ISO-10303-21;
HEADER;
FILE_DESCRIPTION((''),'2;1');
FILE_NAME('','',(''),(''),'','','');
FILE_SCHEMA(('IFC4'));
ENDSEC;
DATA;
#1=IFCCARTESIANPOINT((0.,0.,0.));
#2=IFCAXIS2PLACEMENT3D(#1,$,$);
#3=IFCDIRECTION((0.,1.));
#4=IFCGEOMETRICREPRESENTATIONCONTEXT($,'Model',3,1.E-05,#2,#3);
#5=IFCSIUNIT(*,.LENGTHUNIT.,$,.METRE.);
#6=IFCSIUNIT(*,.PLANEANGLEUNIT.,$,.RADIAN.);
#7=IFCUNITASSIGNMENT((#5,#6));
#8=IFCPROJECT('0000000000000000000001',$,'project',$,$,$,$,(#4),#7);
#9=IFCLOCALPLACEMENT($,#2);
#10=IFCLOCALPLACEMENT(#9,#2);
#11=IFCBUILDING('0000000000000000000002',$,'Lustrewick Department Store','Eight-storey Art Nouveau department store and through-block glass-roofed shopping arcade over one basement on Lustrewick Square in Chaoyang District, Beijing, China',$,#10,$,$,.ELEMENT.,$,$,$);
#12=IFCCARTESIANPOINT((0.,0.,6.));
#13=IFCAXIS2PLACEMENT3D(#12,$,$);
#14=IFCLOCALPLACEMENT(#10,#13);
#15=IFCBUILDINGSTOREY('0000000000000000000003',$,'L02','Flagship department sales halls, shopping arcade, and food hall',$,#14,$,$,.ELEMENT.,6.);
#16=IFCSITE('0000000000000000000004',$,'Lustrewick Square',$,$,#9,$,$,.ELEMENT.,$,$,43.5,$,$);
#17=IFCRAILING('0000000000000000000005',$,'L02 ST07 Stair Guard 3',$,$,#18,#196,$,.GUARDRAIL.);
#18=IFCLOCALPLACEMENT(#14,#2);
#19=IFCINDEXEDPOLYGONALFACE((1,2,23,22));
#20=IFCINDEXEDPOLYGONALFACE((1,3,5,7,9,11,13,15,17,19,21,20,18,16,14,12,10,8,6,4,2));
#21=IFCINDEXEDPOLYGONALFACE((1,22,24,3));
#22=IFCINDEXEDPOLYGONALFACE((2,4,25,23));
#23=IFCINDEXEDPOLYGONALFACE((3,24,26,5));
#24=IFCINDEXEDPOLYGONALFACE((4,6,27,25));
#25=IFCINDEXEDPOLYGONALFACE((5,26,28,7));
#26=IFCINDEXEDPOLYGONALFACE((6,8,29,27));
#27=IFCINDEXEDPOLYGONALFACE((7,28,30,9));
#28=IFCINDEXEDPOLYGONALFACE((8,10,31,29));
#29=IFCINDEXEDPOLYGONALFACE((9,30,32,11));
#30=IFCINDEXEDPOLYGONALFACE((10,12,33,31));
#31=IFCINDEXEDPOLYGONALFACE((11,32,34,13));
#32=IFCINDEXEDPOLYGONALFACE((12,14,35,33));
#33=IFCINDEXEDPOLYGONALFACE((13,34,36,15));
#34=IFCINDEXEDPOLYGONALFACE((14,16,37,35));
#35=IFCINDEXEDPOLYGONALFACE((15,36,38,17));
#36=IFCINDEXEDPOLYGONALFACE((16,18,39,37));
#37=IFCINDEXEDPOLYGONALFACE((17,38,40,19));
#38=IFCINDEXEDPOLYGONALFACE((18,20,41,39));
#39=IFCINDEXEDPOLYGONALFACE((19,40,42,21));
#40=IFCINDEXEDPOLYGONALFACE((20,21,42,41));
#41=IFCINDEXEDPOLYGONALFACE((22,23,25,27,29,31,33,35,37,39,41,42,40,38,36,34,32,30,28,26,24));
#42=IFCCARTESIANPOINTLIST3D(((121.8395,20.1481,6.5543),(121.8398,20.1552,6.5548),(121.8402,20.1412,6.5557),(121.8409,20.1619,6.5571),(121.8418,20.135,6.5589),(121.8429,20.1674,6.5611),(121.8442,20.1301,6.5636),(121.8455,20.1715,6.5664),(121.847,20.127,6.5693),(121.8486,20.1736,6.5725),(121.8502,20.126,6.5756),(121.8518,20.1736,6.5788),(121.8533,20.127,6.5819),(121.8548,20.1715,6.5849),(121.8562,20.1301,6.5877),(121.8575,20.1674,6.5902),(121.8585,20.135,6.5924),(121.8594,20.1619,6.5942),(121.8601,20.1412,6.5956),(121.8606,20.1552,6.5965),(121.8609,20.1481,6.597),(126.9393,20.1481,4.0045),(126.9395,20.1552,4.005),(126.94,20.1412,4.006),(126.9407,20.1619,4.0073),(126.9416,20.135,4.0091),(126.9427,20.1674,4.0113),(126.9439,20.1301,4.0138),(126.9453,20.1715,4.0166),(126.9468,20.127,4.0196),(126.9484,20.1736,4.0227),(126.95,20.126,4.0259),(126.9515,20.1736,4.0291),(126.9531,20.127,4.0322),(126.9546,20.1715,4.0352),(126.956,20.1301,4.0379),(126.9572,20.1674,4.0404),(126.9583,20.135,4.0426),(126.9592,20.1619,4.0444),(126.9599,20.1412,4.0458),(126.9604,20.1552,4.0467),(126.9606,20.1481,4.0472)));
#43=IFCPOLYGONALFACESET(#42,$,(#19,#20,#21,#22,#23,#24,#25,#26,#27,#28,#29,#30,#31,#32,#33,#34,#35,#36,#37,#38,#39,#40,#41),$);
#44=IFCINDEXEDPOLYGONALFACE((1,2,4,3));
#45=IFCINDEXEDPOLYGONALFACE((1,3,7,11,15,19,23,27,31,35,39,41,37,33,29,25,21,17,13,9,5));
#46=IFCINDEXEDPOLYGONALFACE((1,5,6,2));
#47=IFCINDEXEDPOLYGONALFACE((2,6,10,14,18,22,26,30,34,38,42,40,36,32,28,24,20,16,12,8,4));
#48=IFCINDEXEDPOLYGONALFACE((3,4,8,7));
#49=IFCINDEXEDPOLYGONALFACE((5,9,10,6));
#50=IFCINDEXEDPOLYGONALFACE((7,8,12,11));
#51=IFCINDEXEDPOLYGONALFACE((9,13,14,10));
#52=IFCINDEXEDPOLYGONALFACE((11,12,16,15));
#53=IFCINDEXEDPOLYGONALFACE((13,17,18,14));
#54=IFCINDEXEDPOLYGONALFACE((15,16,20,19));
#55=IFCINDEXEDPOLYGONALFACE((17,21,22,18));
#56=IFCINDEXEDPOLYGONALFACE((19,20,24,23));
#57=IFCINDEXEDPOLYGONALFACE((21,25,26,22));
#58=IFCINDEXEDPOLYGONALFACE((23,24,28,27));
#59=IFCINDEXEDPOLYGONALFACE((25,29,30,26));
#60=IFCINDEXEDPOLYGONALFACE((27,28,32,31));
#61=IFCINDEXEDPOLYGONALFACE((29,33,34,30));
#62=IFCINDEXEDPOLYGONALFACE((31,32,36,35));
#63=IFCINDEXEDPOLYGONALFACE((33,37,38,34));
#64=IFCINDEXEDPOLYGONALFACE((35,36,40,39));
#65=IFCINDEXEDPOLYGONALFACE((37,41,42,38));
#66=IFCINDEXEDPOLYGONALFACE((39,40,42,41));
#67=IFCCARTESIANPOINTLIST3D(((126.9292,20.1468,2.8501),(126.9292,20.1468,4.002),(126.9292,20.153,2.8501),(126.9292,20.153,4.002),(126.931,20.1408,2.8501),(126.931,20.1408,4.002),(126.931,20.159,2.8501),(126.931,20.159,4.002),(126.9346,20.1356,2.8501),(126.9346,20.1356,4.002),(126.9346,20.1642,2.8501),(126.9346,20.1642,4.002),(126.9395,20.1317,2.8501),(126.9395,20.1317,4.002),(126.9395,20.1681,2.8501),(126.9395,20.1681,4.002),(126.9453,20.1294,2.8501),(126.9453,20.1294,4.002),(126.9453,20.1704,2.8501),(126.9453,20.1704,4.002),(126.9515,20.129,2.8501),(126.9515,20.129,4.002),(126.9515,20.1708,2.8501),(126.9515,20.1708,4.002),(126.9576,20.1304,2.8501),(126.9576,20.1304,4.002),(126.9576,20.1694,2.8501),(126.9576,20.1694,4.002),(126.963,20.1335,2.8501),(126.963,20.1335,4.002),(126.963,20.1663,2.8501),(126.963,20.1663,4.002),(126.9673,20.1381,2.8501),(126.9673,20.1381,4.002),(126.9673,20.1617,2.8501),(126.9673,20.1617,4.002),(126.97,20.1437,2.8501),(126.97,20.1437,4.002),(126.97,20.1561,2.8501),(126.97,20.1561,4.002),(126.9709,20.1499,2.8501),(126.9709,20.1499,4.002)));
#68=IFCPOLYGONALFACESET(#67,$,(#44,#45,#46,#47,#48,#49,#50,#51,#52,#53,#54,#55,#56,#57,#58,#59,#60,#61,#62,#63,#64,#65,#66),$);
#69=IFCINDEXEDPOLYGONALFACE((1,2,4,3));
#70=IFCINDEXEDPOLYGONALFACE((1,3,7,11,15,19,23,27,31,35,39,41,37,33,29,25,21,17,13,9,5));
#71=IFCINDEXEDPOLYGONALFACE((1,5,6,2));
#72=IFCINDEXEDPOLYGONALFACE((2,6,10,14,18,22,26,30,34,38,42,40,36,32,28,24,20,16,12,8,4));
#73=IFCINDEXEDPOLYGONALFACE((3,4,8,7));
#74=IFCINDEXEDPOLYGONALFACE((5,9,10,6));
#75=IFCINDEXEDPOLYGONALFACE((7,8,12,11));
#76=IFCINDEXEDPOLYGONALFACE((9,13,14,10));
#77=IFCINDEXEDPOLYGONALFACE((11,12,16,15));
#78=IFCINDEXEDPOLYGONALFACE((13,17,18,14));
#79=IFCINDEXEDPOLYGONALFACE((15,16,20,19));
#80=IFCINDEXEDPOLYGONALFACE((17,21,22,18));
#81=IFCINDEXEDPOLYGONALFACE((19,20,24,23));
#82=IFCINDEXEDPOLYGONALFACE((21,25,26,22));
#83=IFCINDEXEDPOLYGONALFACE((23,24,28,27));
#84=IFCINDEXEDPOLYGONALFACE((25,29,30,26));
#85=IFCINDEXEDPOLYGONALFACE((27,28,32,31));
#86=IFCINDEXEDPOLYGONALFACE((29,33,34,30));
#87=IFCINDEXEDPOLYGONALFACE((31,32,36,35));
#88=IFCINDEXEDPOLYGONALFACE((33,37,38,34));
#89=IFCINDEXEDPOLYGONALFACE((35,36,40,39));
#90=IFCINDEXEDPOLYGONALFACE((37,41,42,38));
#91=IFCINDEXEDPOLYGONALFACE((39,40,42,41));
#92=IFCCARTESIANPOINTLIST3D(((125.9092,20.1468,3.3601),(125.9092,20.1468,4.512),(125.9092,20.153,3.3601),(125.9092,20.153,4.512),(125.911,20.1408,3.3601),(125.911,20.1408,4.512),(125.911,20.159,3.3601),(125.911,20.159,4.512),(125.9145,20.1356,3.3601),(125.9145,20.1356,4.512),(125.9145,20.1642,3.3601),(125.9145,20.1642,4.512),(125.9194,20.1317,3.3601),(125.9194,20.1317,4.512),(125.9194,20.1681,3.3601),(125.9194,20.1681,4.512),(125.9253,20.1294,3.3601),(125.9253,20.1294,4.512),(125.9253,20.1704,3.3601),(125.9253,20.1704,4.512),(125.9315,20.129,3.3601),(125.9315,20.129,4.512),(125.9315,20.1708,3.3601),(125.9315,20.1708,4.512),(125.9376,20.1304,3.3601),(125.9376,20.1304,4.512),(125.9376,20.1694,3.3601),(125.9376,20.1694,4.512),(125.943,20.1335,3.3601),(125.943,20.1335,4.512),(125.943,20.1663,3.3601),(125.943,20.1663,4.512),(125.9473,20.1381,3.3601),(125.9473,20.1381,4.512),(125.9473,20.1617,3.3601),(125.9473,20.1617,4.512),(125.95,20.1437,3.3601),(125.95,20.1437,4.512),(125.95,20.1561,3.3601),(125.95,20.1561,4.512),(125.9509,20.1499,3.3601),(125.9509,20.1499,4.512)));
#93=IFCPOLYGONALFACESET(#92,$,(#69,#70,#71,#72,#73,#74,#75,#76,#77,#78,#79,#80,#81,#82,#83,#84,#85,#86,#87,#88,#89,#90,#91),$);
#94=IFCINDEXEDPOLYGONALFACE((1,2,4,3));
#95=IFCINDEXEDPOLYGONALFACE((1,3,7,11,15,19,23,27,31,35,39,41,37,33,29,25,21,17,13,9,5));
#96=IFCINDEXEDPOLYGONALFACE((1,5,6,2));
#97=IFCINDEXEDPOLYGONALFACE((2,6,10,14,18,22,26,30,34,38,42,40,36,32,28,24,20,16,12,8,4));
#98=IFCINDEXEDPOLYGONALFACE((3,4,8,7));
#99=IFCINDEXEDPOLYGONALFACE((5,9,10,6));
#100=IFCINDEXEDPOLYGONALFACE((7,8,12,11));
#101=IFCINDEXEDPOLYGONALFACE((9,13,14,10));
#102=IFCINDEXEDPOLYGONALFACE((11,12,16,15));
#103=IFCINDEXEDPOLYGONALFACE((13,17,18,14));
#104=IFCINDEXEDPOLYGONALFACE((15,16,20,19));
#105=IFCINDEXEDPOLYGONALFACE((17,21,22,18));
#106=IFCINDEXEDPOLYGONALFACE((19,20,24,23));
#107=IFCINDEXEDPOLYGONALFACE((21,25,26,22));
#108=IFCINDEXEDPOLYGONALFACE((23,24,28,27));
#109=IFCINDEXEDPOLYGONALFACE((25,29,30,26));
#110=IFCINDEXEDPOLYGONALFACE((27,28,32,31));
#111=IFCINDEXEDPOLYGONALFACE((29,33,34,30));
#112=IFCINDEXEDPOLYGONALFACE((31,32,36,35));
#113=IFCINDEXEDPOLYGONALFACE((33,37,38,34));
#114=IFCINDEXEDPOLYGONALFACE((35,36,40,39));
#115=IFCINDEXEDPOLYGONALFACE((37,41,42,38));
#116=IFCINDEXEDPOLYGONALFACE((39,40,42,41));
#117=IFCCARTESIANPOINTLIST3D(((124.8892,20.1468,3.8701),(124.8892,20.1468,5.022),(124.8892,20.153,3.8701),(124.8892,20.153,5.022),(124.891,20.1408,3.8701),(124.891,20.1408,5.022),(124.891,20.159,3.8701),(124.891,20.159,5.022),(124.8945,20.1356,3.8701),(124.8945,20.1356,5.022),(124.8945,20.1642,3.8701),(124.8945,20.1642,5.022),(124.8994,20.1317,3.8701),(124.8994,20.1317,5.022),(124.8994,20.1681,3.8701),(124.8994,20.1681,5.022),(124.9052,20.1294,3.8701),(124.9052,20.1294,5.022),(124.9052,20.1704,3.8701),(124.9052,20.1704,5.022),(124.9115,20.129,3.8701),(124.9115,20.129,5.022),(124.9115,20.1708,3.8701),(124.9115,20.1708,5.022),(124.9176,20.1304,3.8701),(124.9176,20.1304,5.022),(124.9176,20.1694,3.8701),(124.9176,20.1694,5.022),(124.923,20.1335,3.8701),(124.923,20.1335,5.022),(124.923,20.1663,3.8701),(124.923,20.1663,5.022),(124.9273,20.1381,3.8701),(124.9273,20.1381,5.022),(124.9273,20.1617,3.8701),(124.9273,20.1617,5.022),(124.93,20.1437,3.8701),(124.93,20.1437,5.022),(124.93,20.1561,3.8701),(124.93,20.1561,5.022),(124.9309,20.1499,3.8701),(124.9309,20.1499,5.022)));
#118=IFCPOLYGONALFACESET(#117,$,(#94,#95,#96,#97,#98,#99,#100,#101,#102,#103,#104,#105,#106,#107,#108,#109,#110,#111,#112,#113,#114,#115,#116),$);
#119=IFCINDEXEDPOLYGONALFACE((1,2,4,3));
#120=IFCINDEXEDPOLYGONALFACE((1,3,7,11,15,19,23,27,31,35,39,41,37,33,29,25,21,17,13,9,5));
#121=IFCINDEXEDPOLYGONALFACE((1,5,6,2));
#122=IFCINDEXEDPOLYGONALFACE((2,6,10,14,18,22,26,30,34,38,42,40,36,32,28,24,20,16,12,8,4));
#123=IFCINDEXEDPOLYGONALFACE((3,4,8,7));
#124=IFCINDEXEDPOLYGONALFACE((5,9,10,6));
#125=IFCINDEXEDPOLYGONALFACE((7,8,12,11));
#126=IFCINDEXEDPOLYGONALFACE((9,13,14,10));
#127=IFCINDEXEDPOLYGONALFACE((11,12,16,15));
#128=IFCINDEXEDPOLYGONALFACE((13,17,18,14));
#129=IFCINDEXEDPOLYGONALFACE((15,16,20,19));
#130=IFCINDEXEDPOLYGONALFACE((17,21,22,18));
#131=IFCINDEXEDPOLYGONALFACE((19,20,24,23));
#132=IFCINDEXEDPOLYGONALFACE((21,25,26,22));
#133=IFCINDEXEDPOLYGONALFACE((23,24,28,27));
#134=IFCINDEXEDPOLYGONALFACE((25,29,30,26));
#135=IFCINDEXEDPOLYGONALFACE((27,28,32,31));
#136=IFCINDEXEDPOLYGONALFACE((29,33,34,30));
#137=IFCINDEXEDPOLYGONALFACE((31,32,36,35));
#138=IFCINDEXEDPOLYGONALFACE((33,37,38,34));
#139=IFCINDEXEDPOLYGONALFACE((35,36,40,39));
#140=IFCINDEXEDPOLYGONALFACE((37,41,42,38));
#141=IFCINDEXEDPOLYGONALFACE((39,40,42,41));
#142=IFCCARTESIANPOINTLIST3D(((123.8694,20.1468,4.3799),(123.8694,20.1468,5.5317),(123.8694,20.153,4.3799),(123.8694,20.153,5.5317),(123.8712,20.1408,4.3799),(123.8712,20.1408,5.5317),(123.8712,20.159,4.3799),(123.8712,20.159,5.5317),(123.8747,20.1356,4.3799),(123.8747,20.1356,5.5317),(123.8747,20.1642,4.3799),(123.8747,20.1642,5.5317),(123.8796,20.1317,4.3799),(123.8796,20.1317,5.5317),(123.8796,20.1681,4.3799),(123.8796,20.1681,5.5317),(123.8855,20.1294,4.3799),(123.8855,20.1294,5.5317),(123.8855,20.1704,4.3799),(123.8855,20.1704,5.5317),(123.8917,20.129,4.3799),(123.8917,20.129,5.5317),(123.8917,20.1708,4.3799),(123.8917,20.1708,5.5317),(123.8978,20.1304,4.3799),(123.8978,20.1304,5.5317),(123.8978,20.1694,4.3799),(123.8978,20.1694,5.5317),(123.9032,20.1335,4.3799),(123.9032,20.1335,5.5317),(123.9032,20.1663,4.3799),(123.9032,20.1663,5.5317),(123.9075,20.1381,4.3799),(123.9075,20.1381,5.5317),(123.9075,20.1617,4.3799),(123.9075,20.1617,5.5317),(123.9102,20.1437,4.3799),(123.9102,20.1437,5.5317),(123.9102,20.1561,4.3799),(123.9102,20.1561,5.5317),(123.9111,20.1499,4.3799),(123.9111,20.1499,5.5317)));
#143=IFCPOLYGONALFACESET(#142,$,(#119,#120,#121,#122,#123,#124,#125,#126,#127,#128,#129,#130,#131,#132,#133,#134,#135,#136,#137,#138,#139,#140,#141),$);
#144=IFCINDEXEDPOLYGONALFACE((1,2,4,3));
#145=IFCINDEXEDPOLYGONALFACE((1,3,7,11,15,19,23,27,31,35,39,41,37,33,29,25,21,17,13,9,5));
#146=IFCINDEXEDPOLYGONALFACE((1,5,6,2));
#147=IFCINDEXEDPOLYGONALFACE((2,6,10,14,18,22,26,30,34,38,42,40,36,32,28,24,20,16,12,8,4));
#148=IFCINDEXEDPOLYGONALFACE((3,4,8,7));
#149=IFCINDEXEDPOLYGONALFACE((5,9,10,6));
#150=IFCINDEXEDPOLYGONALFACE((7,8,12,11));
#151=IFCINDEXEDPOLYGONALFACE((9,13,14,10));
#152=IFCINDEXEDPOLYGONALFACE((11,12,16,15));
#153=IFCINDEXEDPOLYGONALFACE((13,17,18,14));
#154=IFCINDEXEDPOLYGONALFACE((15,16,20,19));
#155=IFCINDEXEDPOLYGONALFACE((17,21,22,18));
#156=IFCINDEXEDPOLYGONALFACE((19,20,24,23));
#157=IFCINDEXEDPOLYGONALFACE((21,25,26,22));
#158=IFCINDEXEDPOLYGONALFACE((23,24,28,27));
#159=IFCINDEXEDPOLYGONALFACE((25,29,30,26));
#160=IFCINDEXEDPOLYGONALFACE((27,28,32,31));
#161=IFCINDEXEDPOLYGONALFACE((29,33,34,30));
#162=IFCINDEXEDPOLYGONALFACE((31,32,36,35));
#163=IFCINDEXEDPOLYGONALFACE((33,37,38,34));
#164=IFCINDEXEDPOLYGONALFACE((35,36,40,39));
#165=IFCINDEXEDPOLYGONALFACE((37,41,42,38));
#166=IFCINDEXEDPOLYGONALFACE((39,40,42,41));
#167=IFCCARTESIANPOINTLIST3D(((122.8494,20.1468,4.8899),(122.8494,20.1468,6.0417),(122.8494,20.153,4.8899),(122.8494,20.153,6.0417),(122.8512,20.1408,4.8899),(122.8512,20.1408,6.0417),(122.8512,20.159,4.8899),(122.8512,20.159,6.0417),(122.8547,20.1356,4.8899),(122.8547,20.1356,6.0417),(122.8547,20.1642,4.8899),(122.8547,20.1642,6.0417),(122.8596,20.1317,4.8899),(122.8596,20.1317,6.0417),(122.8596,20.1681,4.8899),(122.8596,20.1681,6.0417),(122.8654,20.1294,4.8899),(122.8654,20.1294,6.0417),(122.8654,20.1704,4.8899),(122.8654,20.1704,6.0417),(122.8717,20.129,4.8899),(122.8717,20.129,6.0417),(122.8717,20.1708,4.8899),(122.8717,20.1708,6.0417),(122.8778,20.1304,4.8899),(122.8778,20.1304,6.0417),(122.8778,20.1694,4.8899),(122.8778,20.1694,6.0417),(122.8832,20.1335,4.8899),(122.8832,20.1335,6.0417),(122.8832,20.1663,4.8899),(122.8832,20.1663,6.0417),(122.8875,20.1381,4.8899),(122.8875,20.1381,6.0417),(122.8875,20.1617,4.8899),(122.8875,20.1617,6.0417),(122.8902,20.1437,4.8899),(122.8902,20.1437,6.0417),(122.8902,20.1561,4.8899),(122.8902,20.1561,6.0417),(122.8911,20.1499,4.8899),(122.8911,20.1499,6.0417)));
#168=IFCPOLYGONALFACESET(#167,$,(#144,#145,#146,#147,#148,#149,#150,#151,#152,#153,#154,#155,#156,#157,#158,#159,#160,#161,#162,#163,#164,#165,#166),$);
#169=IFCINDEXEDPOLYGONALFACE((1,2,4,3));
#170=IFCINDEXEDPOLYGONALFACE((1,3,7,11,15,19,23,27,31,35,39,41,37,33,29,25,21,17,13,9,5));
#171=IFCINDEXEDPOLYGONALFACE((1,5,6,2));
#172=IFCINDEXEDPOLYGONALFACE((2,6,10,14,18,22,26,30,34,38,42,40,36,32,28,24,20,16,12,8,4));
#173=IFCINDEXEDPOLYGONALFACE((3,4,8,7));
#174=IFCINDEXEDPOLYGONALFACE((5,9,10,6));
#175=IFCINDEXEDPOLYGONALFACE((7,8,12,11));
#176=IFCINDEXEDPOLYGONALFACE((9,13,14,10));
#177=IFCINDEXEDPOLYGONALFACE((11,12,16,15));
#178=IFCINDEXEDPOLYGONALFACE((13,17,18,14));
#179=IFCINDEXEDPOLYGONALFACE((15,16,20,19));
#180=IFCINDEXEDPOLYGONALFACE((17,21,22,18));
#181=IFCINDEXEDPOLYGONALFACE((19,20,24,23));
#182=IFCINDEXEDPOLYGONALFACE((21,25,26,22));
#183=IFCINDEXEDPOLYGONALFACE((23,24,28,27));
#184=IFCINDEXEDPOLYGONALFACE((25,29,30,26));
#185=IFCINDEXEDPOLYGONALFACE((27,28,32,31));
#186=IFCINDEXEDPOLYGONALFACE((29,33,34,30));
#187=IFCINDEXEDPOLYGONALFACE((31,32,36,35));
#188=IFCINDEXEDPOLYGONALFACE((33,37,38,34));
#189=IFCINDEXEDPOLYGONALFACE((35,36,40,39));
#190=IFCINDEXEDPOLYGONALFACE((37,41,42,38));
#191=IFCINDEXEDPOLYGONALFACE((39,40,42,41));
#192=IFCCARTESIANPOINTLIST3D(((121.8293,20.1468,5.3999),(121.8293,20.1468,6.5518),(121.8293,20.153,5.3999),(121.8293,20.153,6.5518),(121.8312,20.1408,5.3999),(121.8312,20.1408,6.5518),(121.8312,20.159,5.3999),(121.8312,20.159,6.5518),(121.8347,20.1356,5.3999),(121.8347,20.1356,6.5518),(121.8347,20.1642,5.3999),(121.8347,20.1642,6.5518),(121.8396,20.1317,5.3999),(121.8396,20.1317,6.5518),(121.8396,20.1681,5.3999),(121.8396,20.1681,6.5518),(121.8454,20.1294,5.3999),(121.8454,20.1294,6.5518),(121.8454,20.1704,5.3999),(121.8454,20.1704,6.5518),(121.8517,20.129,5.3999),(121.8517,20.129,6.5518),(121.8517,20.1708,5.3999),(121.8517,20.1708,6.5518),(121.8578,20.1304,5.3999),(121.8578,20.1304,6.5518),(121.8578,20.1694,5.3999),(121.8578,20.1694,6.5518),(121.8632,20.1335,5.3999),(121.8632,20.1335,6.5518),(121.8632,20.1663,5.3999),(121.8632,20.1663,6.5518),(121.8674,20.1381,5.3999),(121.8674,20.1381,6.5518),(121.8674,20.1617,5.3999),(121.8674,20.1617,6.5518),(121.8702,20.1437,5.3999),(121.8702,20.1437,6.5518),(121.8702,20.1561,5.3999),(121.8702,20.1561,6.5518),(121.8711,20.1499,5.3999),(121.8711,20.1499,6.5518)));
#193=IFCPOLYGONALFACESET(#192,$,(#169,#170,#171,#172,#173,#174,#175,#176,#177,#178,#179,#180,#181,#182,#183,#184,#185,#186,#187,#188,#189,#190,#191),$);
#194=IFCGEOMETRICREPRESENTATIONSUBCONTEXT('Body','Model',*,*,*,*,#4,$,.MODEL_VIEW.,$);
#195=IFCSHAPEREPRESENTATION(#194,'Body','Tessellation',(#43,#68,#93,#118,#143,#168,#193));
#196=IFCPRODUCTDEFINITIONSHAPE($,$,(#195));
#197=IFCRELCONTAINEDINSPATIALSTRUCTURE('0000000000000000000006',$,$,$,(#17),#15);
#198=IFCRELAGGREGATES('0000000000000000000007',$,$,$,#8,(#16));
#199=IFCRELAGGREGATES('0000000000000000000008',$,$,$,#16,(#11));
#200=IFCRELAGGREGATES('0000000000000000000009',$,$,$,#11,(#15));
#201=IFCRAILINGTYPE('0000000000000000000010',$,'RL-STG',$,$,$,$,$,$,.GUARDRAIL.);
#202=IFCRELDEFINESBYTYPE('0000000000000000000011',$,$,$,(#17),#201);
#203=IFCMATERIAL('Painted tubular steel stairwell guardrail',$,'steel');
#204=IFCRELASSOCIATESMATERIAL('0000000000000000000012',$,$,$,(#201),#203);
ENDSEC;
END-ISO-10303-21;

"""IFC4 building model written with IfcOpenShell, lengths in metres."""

from ifc_helpers import new_model, si_unit, direction, frame, origin, origin_2d, place, context, subcontext, project, spatial, circle, extrude, material, type_object, element, save


model = new_model("IFC4")

# Units and contexts
model_context = context("Model", 3, precision=1e-05, world=origin(), true_north=direction((0.0, 1.0)))
body_context = subcontext(model_context, "Body", "Model", "MODEL_VIEW")
ifc_project = project(units=[si_unit("LENGTHUNIT", "METRE"), si_unit("PLANEANGLEUNIT", "RADIAN")], contexts=[model_context])

# Site, building, storey
site_placement = place(None, origin())
site = spatial("IfcSite", under=ifc_project, at=site_placement, Name="Lustrewick Square", CompositionType="ELEMENT", RefElevation=43.5)
building_placement = place(site_placement, origin())
building = spatial("IfcBuilding", under=site, at=building_placement, Name="Lustrewick Department Store", Description="Eight-storey Art Nouveau department store and through-block glass-roofed shopping arcade over one basement on Lustrewick Square in Chaoyang District, Beijing, China", CompositionType="ELEMENT")
storey_placement = place(building_placement, frame((0.0, 0.0, 6.0)))
storey = spatial("IfcBuildingStorey", under=building, at=storey_placement, Name="L02", Description="Flagship department sales halls, shopping arcade, and food hall", CompositionType="ELEMENT", Elevation=6.0)

# Railing
ifc_material_1 = material(Name="Painted tubular steel stairwell guardrail", Category="steel")
railing_type_1 = type_object("IfcRailingType", Name="RL-STG", PredefinedType="GUARDRAIL", material=ifc_material_1)
railing_1_placement = place(storey_placement, frame((126.95, 20.1499, 2.8501)))
element("IfcRailing", 1, at=railing_1_placement, inside=storey, type_object=railing_type_1, Name="L02 ST07 Stair Guard 3", PredefinedType="GUARDRAIL", context=body_context, shape_type="SweptSolid", body=[
    extrude(circle(Radius=0.0239, at=origin_2d()), frame((0.0, 0.0, 1.1758), z_axis=(-0.894436, 0.0, 0.447196), x_axis=(0.0, -1.0, 0.0)), (0.0, 0.0, 1.0), 5.7017),
    extrude(circle(Radius=0.021, at=origin_2d()), origin(), (0.0, 0.0, 1.0), 1.1519),
    extrude(circle(Radius=0.021, at=origin_2d()), frame((-1.02, 0.0, 0.51)), (0.0, 0.0, 1.0), 1.1519),
    extrude(circle(Radius=0.021, at=origin_2d()), frame((-2.04, 0.0, 1.02)), (0.0, 0.0, 1.0), 1.1519),
    extrude(circle(Radius=0.021, at=origin_2d()), frame((-3.0598, 0.0, 1.5298)), (0.0, 0.0, 1.0), 1.1519),
    extrude(circle(Radius=0.021, at=origin_2d()), frame((-4.0798, 0.0, 2.0398)), (0.0, 0.0, 1.0), 1.1519),
    extrude(circle(Radius=0.021, at=origin_2d()), frame((-5.0999, 0.0, 2.5498)), (0.0, 0.0, 1.0), 1.1519),
])

save(model, "model.ifc")
